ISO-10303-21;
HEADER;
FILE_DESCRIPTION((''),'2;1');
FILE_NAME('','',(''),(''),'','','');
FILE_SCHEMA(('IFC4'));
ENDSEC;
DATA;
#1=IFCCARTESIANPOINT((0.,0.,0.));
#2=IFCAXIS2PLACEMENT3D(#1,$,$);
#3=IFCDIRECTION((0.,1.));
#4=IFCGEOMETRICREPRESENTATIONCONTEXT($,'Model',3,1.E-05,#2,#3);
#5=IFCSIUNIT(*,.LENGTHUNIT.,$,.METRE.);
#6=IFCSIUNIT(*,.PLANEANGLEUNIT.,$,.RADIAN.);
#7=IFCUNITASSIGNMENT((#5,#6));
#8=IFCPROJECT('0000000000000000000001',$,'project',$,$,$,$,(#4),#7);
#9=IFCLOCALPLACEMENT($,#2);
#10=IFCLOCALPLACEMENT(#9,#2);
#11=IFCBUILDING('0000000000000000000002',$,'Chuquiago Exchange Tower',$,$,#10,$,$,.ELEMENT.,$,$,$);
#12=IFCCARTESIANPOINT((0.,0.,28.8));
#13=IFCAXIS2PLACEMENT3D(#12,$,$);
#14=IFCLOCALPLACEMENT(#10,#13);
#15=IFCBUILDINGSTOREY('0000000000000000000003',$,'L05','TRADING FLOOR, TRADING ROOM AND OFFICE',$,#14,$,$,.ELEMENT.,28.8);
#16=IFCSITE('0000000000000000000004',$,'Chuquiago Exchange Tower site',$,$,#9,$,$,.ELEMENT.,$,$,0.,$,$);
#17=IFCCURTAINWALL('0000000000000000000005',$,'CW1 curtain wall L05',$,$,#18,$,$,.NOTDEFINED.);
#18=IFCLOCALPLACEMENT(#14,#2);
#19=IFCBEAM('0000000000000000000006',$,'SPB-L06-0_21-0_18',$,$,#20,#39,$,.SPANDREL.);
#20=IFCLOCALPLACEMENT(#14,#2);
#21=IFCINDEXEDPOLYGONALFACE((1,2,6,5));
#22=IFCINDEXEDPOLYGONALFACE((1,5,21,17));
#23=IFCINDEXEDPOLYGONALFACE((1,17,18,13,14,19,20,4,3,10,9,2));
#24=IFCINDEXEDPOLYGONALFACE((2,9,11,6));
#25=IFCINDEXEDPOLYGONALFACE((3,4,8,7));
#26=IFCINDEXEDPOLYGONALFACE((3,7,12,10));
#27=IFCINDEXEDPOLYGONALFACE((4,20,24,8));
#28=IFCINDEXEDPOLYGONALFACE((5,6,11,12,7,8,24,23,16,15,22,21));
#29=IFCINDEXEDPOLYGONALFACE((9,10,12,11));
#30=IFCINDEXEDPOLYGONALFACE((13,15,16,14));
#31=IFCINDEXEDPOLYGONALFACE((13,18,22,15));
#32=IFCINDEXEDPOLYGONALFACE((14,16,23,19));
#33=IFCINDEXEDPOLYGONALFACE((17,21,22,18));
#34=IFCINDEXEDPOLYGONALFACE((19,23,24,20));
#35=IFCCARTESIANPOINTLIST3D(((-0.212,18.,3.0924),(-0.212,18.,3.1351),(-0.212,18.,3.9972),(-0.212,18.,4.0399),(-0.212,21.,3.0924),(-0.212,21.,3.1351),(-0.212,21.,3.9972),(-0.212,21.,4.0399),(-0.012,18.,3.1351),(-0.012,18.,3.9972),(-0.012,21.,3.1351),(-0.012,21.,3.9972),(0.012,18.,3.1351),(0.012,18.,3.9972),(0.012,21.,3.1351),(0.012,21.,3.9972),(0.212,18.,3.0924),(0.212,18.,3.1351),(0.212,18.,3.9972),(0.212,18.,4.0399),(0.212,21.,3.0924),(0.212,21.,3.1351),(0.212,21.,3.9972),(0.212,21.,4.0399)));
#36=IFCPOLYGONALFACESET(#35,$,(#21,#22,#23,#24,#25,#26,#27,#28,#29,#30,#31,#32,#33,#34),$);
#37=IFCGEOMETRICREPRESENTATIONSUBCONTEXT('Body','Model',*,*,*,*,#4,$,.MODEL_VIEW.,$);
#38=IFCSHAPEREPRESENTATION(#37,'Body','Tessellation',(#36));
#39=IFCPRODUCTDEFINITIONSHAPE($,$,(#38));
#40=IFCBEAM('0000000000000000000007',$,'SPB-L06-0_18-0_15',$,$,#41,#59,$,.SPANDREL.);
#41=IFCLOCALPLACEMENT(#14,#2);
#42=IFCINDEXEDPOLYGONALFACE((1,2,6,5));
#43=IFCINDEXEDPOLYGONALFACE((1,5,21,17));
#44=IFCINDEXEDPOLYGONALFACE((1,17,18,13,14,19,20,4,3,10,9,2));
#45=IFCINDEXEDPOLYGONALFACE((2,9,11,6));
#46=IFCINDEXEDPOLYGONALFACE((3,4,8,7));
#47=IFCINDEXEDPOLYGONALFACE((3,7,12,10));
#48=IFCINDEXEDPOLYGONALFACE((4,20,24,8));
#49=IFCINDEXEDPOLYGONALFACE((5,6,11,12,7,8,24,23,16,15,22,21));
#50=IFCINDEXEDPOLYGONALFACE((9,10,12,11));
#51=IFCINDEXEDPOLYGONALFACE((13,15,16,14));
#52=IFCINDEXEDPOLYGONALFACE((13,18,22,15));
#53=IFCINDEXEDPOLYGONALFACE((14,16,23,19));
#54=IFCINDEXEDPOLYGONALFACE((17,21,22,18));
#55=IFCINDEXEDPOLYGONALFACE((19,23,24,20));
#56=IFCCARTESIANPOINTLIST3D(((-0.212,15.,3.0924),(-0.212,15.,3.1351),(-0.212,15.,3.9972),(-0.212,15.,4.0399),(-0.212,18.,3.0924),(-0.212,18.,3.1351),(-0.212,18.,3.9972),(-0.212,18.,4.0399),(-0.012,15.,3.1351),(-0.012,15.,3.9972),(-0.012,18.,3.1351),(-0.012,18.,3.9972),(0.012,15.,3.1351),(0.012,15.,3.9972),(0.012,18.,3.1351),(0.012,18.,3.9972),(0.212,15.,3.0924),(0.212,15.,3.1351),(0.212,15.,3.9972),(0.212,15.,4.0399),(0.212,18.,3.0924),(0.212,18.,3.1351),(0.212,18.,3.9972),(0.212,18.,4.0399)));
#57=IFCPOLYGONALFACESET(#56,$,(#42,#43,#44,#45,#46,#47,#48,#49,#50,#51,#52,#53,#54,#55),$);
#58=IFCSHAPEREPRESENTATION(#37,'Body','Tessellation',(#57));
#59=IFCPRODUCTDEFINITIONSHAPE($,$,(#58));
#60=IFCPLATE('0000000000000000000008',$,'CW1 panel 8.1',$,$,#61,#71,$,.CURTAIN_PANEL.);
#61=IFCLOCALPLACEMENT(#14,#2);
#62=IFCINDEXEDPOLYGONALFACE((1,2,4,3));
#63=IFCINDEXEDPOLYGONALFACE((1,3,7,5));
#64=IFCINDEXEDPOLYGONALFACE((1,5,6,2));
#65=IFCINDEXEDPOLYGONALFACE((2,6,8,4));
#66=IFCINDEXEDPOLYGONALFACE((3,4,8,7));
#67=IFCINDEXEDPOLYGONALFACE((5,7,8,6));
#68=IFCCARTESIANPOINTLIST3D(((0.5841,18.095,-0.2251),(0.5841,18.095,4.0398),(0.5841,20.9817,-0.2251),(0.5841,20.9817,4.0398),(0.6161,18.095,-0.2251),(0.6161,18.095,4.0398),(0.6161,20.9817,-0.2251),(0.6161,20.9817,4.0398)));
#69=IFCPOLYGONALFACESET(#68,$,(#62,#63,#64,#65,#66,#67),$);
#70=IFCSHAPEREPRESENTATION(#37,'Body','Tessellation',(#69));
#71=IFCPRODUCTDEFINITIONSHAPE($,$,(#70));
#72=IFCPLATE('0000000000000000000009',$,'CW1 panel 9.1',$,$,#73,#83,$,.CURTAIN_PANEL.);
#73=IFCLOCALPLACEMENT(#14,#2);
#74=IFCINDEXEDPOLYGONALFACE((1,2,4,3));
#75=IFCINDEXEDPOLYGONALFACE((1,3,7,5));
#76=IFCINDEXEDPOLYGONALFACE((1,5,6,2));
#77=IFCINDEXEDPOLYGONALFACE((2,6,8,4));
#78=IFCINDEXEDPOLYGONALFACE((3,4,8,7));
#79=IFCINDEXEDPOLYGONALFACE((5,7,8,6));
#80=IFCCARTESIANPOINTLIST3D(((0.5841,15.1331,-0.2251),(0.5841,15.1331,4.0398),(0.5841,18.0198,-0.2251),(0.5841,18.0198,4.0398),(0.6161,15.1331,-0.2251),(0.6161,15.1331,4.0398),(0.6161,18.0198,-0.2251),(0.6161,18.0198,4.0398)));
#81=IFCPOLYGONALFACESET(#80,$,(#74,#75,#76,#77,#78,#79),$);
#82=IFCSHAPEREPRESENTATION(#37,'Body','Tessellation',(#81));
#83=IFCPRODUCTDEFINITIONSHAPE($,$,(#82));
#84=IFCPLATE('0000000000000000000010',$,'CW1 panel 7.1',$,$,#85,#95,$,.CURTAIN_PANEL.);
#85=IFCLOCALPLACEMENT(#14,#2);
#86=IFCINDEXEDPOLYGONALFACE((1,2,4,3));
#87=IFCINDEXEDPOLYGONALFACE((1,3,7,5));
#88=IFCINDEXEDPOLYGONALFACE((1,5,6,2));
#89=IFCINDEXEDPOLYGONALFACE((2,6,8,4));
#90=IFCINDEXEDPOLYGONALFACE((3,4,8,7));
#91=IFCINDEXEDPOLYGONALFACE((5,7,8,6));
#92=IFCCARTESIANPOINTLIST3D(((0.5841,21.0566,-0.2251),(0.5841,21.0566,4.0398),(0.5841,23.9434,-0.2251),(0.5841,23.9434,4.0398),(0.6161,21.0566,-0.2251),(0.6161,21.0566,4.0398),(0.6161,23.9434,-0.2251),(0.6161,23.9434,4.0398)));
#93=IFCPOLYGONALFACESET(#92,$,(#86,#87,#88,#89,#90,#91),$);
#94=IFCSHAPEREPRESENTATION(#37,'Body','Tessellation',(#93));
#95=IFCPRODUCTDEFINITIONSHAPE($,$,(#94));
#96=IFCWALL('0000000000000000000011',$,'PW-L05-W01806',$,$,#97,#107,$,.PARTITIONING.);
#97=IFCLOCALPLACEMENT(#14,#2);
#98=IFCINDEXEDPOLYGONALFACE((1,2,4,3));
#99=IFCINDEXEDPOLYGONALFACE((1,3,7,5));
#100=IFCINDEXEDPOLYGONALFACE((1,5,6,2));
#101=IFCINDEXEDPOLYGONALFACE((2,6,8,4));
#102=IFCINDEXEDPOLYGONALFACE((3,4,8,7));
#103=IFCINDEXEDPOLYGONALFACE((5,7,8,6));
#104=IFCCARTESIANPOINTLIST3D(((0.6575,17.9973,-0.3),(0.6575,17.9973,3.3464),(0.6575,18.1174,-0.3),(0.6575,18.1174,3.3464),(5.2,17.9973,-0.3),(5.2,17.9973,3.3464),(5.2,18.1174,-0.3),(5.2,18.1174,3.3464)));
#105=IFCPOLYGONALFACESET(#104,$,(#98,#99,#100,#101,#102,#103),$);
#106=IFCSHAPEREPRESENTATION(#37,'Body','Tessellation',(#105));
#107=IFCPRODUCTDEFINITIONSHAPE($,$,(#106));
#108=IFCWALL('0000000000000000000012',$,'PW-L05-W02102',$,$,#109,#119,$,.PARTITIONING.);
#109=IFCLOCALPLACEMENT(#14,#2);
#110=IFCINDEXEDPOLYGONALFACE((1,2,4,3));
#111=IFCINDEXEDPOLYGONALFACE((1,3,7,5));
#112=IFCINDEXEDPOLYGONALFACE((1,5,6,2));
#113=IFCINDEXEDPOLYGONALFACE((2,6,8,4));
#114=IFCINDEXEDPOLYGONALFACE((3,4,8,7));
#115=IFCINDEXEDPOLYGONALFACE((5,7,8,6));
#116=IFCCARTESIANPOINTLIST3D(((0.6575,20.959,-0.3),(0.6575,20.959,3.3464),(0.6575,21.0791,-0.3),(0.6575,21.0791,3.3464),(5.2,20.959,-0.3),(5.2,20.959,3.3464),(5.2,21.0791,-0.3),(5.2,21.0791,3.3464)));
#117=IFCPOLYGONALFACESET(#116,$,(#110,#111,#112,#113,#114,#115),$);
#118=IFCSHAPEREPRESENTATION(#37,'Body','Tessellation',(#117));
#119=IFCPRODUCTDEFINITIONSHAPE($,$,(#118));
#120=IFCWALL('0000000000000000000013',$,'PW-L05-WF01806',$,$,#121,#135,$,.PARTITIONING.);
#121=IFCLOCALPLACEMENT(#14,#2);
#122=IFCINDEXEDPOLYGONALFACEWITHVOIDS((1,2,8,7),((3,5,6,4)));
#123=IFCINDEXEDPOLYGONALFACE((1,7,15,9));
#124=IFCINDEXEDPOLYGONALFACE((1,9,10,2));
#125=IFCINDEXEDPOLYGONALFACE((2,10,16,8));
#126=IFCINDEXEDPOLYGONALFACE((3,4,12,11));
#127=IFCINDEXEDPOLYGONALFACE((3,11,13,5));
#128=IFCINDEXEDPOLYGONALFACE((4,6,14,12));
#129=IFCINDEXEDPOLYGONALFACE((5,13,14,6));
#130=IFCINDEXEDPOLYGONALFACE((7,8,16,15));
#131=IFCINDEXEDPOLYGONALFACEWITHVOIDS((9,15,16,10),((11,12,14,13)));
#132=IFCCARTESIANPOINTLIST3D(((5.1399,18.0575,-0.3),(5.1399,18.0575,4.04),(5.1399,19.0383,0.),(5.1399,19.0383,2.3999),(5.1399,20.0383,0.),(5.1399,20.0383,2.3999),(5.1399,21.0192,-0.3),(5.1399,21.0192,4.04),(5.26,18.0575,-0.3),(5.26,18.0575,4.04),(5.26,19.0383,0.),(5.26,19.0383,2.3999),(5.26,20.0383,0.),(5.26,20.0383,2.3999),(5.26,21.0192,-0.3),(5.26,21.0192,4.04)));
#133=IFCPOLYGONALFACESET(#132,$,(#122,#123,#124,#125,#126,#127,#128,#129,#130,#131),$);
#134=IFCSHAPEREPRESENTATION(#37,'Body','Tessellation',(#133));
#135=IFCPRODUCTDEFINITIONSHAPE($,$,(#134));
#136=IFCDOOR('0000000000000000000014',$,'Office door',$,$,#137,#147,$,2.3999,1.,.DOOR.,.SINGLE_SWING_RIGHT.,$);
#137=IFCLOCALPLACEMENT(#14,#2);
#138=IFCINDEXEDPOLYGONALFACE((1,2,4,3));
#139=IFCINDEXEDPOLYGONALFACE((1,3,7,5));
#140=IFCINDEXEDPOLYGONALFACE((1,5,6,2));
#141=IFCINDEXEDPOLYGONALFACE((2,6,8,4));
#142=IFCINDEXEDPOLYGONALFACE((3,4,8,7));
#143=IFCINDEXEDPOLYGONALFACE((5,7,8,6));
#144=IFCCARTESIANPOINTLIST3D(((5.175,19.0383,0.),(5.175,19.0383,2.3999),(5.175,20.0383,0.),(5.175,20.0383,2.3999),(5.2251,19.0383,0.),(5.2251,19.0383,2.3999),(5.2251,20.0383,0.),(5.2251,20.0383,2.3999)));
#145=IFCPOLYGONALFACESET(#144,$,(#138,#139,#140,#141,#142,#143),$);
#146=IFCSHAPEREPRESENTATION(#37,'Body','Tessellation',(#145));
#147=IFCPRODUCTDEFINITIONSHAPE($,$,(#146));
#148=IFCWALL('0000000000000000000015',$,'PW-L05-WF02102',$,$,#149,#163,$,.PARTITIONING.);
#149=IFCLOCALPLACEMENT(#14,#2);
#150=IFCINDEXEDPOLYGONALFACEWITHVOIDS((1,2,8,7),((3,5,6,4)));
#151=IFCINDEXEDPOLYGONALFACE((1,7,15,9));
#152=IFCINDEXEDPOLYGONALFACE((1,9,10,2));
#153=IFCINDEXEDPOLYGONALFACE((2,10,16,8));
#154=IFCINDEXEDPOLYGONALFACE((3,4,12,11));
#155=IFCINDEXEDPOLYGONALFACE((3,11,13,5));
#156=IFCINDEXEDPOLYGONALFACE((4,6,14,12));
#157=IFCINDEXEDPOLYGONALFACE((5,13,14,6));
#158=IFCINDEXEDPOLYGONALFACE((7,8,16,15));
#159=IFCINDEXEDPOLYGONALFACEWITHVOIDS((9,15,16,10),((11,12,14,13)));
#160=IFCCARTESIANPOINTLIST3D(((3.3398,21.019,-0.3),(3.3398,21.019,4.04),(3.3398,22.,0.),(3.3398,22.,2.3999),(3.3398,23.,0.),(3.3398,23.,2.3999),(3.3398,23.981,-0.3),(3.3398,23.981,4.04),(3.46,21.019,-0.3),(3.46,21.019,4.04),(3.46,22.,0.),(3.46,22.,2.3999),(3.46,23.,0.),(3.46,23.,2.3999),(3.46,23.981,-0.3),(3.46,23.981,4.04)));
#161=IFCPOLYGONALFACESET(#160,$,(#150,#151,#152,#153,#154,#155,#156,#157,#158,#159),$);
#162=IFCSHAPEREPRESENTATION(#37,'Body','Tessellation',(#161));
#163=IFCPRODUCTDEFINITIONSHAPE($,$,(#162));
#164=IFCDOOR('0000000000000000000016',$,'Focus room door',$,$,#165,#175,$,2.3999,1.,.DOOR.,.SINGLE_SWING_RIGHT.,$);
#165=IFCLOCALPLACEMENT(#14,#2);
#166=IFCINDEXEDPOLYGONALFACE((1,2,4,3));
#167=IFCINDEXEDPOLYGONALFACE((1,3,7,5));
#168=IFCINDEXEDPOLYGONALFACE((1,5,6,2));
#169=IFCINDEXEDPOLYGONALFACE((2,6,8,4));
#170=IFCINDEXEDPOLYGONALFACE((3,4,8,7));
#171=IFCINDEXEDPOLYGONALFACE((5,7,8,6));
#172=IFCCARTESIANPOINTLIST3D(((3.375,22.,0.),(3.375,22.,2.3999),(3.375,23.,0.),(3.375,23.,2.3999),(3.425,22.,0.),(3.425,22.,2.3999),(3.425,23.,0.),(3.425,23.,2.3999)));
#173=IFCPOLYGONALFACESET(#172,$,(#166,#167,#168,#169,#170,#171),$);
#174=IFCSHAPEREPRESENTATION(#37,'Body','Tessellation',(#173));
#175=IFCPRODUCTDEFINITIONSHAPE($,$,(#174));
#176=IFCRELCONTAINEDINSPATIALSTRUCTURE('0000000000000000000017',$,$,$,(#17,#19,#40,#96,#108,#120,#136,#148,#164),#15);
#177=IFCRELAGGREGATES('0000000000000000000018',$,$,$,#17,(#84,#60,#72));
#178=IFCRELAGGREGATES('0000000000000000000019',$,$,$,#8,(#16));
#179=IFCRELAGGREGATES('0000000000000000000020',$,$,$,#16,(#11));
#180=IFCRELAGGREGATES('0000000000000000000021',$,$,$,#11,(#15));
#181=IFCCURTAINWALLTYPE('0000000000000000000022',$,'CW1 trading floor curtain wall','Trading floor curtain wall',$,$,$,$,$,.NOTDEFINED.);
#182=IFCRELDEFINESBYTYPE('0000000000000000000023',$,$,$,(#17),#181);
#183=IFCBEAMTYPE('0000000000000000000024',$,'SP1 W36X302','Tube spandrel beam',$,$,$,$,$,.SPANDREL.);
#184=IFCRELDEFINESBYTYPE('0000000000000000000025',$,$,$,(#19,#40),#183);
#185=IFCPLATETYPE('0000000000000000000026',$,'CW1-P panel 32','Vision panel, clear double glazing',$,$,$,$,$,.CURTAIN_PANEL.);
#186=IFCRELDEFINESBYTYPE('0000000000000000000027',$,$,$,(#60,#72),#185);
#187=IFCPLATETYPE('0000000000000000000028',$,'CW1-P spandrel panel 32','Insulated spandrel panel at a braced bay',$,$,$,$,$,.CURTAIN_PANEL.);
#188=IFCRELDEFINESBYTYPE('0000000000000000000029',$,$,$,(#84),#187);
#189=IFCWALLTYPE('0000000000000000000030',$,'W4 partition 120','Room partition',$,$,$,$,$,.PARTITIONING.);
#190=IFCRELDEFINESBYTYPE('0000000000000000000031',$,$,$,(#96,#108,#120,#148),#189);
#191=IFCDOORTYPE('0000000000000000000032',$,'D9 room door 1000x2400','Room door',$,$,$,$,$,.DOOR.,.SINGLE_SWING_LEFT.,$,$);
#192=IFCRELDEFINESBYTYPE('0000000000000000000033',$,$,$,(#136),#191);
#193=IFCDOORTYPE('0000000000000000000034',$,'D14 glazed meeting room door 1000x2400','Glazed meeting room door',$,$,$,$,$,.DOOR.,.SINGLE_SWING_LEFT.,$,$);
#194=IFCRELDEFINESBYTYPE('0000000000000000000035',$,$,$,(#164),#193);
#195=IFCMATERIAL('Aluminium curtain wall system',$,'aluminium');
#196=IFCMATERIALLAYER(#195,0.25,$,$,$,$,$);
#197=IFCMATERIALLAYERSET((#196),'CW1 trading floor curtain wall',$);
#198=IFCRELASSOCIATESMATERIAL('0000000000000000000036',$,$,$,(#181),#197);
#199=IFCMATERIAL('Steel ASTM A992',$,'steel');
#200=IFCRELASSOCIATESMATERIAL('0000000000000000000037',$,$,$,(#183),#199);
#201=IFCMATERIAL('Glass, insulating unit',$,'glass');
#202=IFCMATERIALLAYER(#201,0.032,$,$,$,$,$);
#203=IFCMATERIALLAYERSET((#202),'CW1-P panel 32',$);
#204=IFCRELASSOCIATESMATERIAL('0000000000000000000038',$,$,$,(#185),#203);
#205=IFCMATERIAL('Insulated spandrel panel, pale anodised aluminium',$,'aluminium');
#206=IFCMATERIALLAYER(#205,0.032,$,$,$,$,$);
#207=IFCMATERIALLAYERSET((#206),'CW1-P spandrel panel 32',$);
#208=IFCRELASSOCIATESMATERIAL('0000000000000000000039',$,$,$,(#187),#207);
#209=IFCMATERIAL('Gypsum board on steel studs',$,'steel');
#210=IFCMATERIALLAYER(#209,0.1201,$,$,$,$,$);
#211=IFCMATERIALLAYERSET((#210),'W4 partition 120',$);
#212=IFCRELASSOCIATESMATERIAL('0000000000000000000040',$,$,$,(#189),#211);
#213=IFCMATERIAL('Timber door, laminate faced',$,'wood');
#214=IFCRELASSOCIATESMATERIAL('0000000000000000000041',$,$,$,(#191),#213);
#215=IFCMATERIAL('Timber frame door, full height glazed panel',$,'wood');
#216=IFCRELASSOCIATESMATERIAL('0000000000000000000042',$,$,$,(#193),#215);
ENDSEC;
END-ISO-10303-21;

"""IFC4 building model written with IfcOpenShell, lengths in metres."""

from ifc_helpers import new_model, si_unit, direction, frame, frame_2d, origin, origin_2d, place, context, subcontext, project, spatial, rectangle, i_section, extrude, material, layer, layer_set, material_profile, profile_set, type_object, element, fill, aggregate, save


model = new_model("IFC4")

# Units and contexts
model_context = context("Model", 3, precision=1e-05, world=origin(), true_north=direction((0.0, 1.0)))
body_context = subcontext(model_context, "Body", "Model", "MODEL_VIEW")
ifc_project = project(units=[si_unit("LENGTHUNIT", "METRE"), si_unit("PLANEANGLEUNIT", "RADIAN")], contexts=[model_context])

# Site, building, storey
site_placement = place(None, origin())
site = spatial("IfcSite", under=ifc_project, at=site_placement, Name="Chuquiago Exchange Tower site", CompositionType="ELEMENT", RefElevation=0.0)
building_placement = place(site_placement, origin())
building = spatial("IfcBuilding", under=site, at=building_placement, Name="Chuquiago Exchange Tower", CompositionType="ELEMENT")
storey_placement = place(building_placement, frame((0.0, 0.0, 28.8)))
storey = spatial("IfcBuildingStorey", under=building, at=storey_placement, Name="L05", Description="TRADING FLOOR, TRADING ROOM AND OFFICE", CompositionType="ELEMENT", Elevation=28.8)

# Curtain wall
ifc_material_1 = material(Name="Aluminium curtain wall system", Category="aluminium")
ifc_layer_1 = layer(ifc_material_1, 0.25)
ifc_layer_set_1 = layer_set([ifc_layer_1], Name="CW1 trading floor curtain wall")
curtain_wall_type = type_object("IfcCurtainWallType", Name="CW1 trading floor curtain wall", Description="Trading floor curtain wall", PredefinedType="NOTDEFINED", material=ifc_layer_set_1)
curtain_wall_placement = place(storey_placement, origin())
curtain_wall = element("IfcCurtainWall", 1, at=curtain_wall_placement, inside=storey, type_object=curtain_wall_type, Name="CW1 curtain wall L05", PredefinedType="NOTDEFINED")

# Beams
ifc_material_2 = material(Name="Steel ASTM A992", Category="steel")
ifc_material_profile_1 = material_profile(ifc_material_2, i_section(OverallWidth=0.4241, OverallDepth=0.9475, WebThickness=0.0239, FlangeThickness=0.0427, at=origin_2d()), Name="W36X302")
ifc_profile_set_1 = profile_set([ifc_material_profile_1], Name="Steel ASTM A992")
beam_type_1 = type_object("IfcBeamType", Name="SP1 W36X302", Description="Tube spandrel beam", PredefinedType="SPANDREL", material=ifc_profile_set_1)
for number, where, z_axis, x_axis, name in (
    (2, (0.0, 21.0, 3.5662), (0.0, -1.0, 0.0), (1.0, 0.0, 0.0), "SPB-L06-0_21-0_18"),
    (3, (0.0, 18.0, 3.5662), (0.0, -1.0, 0.0), (1.0, 0.0, 0.0), "SPB-L06-0_18-0_15"),
):
    element("IfcBeam", number, at=place(storey_placement, frame(where, z_axis=z_axis, x_axis=x_axis)), inside=storey, type_object=beam_type_1, Name=name, PredefinedType="SPANDREL", context=body_context, shape_type="SweptSolid", body=[
        extrude(i_section(OverallWidth=0.4241, OverallDepth=0.9475, WebThickness=0.0239, FlangeThickness=0.0427, at=origin_2d()), origin(), (0.0, 0.0, 1.0), 3.0),
    ])

# Plates
ifc_material_3 = material(Name="Glass, insulating unit", Category="glass")
ifc_layer_2 = layer(ifc_material_3, 0.032)
ifc_layer_set_2 = layer_set([ifc_layer_2], Name="CW1-P panel 32")
plate_type_1 = type_object("IfcPlateType", Name="CW1-P panel 32", Description="Vision panel, clear double glazing", PredefinedType="CURTAIN_PANEL", material=ifc_layer_set_2)
plate_1_placement = place(storey_placement, frame((0.6001, 19.5383, -0.2251), z_axis=(0.0, 0.0, 1.0), x_axis=(0.0, -1.0, 0.0)))
plate_1 = element("IfcPlate", 4, at=plate_1_placement, type_object=plate_type_1, Name="CW1 panel 8.1", PredefinedType="CURTAIN_PANEL", context=body_context, shape_type="SweptSolid", body=[
    extrude(rectangle(XDim=2.8867, YDim=0.032, at=origin_2d()), origin(), (0.0, 0.0, 1.0), 4.2649),
])
plate_2_placement = place(storey_placement, frame((0.6001, 16.5764, -0.2251), z_axis=(0.0, 0.0, 1.0), x_axis=(0.0, -1.0, 0.0)))
plate_2 = element("IfcPlate", 5, at=plate_2_placement, type_object=plate_type_1, Name="CW1 panel 9.1", PredefinedType="CURTAIN_PANEL", context=body_context, shape_type="SweptSolid", body=[
    extrude(rectangle(XDim=2.8867, YDim=0.032, at=origin_2d()), origin(), (0.0, 0.0, 1.0), 4.2649),
])
ifc_material_4 = material(Name="Insulated spandrel panel, pale anodised aluminium", Category="aluminium")
ifc_layer_3 = layer(ifc_material_4, 0.032)
ifc_layer_set_3 = layer_set([ifc_layer_3], Name="CW1-P spandrel panel 32")
plate_type_2 = type_object("IfcPlateType", Name="CW1-P spandrel panel 32", Description="Insulated spandrel panel at a braced bay", PredefinedType="CURTAIN_PANEL", material=ifc_layer_set_3)
plate_3_placement = place(storey_placement, frame((0.6001, 22.5, -0.2251), z_axis=(0.0, 0.0, 1.0), x_axis=(0.0, -1.0, 0.0)))
plate_3 = element("IfcPlate", 6, at=plate_3_placement, type_object=plate_type_2, Name="CW1 panel 7.1", PredefinedType="CURTAIN_PANEL", context=body_context, shape_type="SweptSolid", body=[
    extrude(rectangle(XDim=2.8867, YDim=0.032, at=origin_2d()), origin(), (0.0, 0.0, 1.0), 4.2649),
])
aggregate(curtain_wall, [plate_3, plate_1, plate_2])

# Walls
ifc_material_5 = material(Name="Gypsum board on steel studs", Category="steel")
ifc_layer_4 = layer(ifc_material_5, 0.1201)
ifc_layer_set_4 = layer_set([ifc_layer_4], Name="W4 partition 120")
wall_type = type_object("IfcWallType", Name="W4 partition 120", Description="Room partition", PredefinedType="PARTITIONING", material=ifc_layer_set_4)
for number, where, z_axis, x_axis, name in (
    (7, (0.6575, 18.0574, -0.3), (0.0, 0.0, 1.0), (1.0, 0.0, 0.0), "PW-L05-W01806"),
    (8, (0.6575, 21.019, -0.3), (0.0, 0.0, 1.0), (1.0, 0.0, 0.0), "PW-L05-W02102"),
):
    element("IfcWall", number, at=place(storey_placement, frame(where, z_axis=z_axis, x_axis=x_axis)), inside=storey, type_object=wall_type, Name=name, PredefinedType="PARTITIONING", context=body_context, shape_type="SweptSolid", body=[
        extrude(rectangle(XDim=4.5425, YDim=0.1201, at=frame_2d((2.2712, 0.0))), origin(), (0.0, 0.0, 1.0), 3.6465),
    ])

# Walls, openings, doors
wall_1_placement = place(storey_placement, frame((5.2, 18.0574, -0.3), z_axis=(0.0, 0.0, 1.0), x_axis=(0.0, 1.0, 0.0)))
wall_1 = element("IfcWall", 9, at=wall_1_placement, inside=storey, type_object=wall_type, Name="PW-L05-WF01806", PredefinedType="PARTITIONING", context=body_context, shape_type="SweptSolid", body=[
    extrude(rectangle(XDim=2.9617, YDim=0.1201, at=frame_2d((1.481, 0.0))), origin(), (0.0, 0.0, 1.0), 4.3401),
])
opening_1_placement = place(wall_1_placement, frame((0.981, 0.0, 0.3)))
opening_1 = element("IfcOpeningElement", 10, at=opening_1_placement, cuts=wall_1, PredefinedType="OPENING", context=body_context, shape_type="SweptSolid", body=[
    extrude(rectangle(XDim=1.0, YDim=2.3999, at=frame_2d((0.5, 1.2))), frame((0.0, 0.0701, 0.0), z_axis=(0.0, -1.0, 0.0), x_axis=(1.0, 0.0, 0.0)), (0.0, 0.0, 1.0), 0.1401),
])
ifc_material_6 = material(Name="Timber door, laminate faced", Category="wood")
door_type_1 = type_object("IfcDoorType", Name="D9 room door 1000x2400", Description="Room door", OperationType="SINGLE_SWING_LEFT", PredefinedType="DOOR", material=ifc_material_6)
door_1_placement = place(opening_1_placement, origin())
door_1 = element("IfcDoor", 11, at=door_1_placement, inside=storey, type_object=door_type_1, Name="Office door", OperationType="SINGLE_SWING_RIGHT", OverallHeight=2.3999, OverallWidth=1.0, PredefinedType="DOOR", context=body_context, shape_type="SweptSolid", body=[
    extrude(rectangle(XDim=1.0, YDim=2.3999, at=frame_2d((0.5, 1.2))), frame((0.0, 0.0249, 0.0), z_axis=(0.0, -1.0, 0.0), x_axis=(1.0, 0.0, 0.0)), (0.0, 0.0, 1.0), 0.05),
])
fill(opening_1, door_1)
wall_2_placement = place(storey_placement, frame((3.3999, 21.019, -0.3), z_axis=(0.0, 0.0, 1.0), x_axis=(0.0, 1.0, 0.0)))
wall_2 = element("IfcWall", 12, at=wall_2_placement, inside=storey, type_object=wall_type, Name="PW-L05-WF02102", PredefinedType="PARTITIONING", context=body_context, shape_type="SweptSolid", body=[
    extrude(rectangle(XDim=2.9619, YDim=0.1201, at=frame_2d((1.481, 0.0))), origin(), (0.0, 0.0, 1.0), 4.3401),
])
opening_2_placement = place(wall_2_placement, frame((0.981, 0.0, 0.3)))
opening_2 = element("IfcOpeningElement", 13, at=opening_2_placement, cuts=wall_2, PredefinedType="OPENING", context=body_context, shape_type="SweptSolid", body=[
    extrude(rectangle(XDim=1.0, YDim=2.3999, at=frame_2d((0.5, 1.2))), frame((0.0, 0.0701, 0.0), z_axis=(0.0, -1.0, 0.0), x_axis=(1.0, 0.0, 0.0)), (0.0, 0.0, 1.0), 0.1401),
])
ifc_material_7 = material(Name="Timber frame door, full height glazed panel", Category="wood")
door_type_2 = type_object("IfcDoorType", Name="D14 glazed meeting room door 1000x2400", Description="Glazed meeting room door", OperationType="SINGLE_SWING_LEFT", PredefinedType="DOOR", material=ifc_material_7)
door_2_placement = place(opening_2_placement, origin())
door_2 = element("IfcDoor", 14, at=door_2_placement, inside=storey, type_object=door_type_2, Name="Focus room door", OperationType="SINGLE_SWING_RIGHT", OverallHeight=2.3999, OverallWidth=1.0, PredefinedType="DOOR", context=body_context, shape_type="SweptSolid", body=[
    extrude(rectangle(XDim=1.0, YDim=2.3999, at=frame_2d((0.5, 1.2))), frame((0.0, 0.0249, 0.0), z_axis=(0.0, -1.0, 0.0), x_axis=(1.0, 0.0, 0.0)), (0.0, 0.0, 1.0), 0.05),
])
fill(opening_2, door_2)

save(model, "model.ifc")
